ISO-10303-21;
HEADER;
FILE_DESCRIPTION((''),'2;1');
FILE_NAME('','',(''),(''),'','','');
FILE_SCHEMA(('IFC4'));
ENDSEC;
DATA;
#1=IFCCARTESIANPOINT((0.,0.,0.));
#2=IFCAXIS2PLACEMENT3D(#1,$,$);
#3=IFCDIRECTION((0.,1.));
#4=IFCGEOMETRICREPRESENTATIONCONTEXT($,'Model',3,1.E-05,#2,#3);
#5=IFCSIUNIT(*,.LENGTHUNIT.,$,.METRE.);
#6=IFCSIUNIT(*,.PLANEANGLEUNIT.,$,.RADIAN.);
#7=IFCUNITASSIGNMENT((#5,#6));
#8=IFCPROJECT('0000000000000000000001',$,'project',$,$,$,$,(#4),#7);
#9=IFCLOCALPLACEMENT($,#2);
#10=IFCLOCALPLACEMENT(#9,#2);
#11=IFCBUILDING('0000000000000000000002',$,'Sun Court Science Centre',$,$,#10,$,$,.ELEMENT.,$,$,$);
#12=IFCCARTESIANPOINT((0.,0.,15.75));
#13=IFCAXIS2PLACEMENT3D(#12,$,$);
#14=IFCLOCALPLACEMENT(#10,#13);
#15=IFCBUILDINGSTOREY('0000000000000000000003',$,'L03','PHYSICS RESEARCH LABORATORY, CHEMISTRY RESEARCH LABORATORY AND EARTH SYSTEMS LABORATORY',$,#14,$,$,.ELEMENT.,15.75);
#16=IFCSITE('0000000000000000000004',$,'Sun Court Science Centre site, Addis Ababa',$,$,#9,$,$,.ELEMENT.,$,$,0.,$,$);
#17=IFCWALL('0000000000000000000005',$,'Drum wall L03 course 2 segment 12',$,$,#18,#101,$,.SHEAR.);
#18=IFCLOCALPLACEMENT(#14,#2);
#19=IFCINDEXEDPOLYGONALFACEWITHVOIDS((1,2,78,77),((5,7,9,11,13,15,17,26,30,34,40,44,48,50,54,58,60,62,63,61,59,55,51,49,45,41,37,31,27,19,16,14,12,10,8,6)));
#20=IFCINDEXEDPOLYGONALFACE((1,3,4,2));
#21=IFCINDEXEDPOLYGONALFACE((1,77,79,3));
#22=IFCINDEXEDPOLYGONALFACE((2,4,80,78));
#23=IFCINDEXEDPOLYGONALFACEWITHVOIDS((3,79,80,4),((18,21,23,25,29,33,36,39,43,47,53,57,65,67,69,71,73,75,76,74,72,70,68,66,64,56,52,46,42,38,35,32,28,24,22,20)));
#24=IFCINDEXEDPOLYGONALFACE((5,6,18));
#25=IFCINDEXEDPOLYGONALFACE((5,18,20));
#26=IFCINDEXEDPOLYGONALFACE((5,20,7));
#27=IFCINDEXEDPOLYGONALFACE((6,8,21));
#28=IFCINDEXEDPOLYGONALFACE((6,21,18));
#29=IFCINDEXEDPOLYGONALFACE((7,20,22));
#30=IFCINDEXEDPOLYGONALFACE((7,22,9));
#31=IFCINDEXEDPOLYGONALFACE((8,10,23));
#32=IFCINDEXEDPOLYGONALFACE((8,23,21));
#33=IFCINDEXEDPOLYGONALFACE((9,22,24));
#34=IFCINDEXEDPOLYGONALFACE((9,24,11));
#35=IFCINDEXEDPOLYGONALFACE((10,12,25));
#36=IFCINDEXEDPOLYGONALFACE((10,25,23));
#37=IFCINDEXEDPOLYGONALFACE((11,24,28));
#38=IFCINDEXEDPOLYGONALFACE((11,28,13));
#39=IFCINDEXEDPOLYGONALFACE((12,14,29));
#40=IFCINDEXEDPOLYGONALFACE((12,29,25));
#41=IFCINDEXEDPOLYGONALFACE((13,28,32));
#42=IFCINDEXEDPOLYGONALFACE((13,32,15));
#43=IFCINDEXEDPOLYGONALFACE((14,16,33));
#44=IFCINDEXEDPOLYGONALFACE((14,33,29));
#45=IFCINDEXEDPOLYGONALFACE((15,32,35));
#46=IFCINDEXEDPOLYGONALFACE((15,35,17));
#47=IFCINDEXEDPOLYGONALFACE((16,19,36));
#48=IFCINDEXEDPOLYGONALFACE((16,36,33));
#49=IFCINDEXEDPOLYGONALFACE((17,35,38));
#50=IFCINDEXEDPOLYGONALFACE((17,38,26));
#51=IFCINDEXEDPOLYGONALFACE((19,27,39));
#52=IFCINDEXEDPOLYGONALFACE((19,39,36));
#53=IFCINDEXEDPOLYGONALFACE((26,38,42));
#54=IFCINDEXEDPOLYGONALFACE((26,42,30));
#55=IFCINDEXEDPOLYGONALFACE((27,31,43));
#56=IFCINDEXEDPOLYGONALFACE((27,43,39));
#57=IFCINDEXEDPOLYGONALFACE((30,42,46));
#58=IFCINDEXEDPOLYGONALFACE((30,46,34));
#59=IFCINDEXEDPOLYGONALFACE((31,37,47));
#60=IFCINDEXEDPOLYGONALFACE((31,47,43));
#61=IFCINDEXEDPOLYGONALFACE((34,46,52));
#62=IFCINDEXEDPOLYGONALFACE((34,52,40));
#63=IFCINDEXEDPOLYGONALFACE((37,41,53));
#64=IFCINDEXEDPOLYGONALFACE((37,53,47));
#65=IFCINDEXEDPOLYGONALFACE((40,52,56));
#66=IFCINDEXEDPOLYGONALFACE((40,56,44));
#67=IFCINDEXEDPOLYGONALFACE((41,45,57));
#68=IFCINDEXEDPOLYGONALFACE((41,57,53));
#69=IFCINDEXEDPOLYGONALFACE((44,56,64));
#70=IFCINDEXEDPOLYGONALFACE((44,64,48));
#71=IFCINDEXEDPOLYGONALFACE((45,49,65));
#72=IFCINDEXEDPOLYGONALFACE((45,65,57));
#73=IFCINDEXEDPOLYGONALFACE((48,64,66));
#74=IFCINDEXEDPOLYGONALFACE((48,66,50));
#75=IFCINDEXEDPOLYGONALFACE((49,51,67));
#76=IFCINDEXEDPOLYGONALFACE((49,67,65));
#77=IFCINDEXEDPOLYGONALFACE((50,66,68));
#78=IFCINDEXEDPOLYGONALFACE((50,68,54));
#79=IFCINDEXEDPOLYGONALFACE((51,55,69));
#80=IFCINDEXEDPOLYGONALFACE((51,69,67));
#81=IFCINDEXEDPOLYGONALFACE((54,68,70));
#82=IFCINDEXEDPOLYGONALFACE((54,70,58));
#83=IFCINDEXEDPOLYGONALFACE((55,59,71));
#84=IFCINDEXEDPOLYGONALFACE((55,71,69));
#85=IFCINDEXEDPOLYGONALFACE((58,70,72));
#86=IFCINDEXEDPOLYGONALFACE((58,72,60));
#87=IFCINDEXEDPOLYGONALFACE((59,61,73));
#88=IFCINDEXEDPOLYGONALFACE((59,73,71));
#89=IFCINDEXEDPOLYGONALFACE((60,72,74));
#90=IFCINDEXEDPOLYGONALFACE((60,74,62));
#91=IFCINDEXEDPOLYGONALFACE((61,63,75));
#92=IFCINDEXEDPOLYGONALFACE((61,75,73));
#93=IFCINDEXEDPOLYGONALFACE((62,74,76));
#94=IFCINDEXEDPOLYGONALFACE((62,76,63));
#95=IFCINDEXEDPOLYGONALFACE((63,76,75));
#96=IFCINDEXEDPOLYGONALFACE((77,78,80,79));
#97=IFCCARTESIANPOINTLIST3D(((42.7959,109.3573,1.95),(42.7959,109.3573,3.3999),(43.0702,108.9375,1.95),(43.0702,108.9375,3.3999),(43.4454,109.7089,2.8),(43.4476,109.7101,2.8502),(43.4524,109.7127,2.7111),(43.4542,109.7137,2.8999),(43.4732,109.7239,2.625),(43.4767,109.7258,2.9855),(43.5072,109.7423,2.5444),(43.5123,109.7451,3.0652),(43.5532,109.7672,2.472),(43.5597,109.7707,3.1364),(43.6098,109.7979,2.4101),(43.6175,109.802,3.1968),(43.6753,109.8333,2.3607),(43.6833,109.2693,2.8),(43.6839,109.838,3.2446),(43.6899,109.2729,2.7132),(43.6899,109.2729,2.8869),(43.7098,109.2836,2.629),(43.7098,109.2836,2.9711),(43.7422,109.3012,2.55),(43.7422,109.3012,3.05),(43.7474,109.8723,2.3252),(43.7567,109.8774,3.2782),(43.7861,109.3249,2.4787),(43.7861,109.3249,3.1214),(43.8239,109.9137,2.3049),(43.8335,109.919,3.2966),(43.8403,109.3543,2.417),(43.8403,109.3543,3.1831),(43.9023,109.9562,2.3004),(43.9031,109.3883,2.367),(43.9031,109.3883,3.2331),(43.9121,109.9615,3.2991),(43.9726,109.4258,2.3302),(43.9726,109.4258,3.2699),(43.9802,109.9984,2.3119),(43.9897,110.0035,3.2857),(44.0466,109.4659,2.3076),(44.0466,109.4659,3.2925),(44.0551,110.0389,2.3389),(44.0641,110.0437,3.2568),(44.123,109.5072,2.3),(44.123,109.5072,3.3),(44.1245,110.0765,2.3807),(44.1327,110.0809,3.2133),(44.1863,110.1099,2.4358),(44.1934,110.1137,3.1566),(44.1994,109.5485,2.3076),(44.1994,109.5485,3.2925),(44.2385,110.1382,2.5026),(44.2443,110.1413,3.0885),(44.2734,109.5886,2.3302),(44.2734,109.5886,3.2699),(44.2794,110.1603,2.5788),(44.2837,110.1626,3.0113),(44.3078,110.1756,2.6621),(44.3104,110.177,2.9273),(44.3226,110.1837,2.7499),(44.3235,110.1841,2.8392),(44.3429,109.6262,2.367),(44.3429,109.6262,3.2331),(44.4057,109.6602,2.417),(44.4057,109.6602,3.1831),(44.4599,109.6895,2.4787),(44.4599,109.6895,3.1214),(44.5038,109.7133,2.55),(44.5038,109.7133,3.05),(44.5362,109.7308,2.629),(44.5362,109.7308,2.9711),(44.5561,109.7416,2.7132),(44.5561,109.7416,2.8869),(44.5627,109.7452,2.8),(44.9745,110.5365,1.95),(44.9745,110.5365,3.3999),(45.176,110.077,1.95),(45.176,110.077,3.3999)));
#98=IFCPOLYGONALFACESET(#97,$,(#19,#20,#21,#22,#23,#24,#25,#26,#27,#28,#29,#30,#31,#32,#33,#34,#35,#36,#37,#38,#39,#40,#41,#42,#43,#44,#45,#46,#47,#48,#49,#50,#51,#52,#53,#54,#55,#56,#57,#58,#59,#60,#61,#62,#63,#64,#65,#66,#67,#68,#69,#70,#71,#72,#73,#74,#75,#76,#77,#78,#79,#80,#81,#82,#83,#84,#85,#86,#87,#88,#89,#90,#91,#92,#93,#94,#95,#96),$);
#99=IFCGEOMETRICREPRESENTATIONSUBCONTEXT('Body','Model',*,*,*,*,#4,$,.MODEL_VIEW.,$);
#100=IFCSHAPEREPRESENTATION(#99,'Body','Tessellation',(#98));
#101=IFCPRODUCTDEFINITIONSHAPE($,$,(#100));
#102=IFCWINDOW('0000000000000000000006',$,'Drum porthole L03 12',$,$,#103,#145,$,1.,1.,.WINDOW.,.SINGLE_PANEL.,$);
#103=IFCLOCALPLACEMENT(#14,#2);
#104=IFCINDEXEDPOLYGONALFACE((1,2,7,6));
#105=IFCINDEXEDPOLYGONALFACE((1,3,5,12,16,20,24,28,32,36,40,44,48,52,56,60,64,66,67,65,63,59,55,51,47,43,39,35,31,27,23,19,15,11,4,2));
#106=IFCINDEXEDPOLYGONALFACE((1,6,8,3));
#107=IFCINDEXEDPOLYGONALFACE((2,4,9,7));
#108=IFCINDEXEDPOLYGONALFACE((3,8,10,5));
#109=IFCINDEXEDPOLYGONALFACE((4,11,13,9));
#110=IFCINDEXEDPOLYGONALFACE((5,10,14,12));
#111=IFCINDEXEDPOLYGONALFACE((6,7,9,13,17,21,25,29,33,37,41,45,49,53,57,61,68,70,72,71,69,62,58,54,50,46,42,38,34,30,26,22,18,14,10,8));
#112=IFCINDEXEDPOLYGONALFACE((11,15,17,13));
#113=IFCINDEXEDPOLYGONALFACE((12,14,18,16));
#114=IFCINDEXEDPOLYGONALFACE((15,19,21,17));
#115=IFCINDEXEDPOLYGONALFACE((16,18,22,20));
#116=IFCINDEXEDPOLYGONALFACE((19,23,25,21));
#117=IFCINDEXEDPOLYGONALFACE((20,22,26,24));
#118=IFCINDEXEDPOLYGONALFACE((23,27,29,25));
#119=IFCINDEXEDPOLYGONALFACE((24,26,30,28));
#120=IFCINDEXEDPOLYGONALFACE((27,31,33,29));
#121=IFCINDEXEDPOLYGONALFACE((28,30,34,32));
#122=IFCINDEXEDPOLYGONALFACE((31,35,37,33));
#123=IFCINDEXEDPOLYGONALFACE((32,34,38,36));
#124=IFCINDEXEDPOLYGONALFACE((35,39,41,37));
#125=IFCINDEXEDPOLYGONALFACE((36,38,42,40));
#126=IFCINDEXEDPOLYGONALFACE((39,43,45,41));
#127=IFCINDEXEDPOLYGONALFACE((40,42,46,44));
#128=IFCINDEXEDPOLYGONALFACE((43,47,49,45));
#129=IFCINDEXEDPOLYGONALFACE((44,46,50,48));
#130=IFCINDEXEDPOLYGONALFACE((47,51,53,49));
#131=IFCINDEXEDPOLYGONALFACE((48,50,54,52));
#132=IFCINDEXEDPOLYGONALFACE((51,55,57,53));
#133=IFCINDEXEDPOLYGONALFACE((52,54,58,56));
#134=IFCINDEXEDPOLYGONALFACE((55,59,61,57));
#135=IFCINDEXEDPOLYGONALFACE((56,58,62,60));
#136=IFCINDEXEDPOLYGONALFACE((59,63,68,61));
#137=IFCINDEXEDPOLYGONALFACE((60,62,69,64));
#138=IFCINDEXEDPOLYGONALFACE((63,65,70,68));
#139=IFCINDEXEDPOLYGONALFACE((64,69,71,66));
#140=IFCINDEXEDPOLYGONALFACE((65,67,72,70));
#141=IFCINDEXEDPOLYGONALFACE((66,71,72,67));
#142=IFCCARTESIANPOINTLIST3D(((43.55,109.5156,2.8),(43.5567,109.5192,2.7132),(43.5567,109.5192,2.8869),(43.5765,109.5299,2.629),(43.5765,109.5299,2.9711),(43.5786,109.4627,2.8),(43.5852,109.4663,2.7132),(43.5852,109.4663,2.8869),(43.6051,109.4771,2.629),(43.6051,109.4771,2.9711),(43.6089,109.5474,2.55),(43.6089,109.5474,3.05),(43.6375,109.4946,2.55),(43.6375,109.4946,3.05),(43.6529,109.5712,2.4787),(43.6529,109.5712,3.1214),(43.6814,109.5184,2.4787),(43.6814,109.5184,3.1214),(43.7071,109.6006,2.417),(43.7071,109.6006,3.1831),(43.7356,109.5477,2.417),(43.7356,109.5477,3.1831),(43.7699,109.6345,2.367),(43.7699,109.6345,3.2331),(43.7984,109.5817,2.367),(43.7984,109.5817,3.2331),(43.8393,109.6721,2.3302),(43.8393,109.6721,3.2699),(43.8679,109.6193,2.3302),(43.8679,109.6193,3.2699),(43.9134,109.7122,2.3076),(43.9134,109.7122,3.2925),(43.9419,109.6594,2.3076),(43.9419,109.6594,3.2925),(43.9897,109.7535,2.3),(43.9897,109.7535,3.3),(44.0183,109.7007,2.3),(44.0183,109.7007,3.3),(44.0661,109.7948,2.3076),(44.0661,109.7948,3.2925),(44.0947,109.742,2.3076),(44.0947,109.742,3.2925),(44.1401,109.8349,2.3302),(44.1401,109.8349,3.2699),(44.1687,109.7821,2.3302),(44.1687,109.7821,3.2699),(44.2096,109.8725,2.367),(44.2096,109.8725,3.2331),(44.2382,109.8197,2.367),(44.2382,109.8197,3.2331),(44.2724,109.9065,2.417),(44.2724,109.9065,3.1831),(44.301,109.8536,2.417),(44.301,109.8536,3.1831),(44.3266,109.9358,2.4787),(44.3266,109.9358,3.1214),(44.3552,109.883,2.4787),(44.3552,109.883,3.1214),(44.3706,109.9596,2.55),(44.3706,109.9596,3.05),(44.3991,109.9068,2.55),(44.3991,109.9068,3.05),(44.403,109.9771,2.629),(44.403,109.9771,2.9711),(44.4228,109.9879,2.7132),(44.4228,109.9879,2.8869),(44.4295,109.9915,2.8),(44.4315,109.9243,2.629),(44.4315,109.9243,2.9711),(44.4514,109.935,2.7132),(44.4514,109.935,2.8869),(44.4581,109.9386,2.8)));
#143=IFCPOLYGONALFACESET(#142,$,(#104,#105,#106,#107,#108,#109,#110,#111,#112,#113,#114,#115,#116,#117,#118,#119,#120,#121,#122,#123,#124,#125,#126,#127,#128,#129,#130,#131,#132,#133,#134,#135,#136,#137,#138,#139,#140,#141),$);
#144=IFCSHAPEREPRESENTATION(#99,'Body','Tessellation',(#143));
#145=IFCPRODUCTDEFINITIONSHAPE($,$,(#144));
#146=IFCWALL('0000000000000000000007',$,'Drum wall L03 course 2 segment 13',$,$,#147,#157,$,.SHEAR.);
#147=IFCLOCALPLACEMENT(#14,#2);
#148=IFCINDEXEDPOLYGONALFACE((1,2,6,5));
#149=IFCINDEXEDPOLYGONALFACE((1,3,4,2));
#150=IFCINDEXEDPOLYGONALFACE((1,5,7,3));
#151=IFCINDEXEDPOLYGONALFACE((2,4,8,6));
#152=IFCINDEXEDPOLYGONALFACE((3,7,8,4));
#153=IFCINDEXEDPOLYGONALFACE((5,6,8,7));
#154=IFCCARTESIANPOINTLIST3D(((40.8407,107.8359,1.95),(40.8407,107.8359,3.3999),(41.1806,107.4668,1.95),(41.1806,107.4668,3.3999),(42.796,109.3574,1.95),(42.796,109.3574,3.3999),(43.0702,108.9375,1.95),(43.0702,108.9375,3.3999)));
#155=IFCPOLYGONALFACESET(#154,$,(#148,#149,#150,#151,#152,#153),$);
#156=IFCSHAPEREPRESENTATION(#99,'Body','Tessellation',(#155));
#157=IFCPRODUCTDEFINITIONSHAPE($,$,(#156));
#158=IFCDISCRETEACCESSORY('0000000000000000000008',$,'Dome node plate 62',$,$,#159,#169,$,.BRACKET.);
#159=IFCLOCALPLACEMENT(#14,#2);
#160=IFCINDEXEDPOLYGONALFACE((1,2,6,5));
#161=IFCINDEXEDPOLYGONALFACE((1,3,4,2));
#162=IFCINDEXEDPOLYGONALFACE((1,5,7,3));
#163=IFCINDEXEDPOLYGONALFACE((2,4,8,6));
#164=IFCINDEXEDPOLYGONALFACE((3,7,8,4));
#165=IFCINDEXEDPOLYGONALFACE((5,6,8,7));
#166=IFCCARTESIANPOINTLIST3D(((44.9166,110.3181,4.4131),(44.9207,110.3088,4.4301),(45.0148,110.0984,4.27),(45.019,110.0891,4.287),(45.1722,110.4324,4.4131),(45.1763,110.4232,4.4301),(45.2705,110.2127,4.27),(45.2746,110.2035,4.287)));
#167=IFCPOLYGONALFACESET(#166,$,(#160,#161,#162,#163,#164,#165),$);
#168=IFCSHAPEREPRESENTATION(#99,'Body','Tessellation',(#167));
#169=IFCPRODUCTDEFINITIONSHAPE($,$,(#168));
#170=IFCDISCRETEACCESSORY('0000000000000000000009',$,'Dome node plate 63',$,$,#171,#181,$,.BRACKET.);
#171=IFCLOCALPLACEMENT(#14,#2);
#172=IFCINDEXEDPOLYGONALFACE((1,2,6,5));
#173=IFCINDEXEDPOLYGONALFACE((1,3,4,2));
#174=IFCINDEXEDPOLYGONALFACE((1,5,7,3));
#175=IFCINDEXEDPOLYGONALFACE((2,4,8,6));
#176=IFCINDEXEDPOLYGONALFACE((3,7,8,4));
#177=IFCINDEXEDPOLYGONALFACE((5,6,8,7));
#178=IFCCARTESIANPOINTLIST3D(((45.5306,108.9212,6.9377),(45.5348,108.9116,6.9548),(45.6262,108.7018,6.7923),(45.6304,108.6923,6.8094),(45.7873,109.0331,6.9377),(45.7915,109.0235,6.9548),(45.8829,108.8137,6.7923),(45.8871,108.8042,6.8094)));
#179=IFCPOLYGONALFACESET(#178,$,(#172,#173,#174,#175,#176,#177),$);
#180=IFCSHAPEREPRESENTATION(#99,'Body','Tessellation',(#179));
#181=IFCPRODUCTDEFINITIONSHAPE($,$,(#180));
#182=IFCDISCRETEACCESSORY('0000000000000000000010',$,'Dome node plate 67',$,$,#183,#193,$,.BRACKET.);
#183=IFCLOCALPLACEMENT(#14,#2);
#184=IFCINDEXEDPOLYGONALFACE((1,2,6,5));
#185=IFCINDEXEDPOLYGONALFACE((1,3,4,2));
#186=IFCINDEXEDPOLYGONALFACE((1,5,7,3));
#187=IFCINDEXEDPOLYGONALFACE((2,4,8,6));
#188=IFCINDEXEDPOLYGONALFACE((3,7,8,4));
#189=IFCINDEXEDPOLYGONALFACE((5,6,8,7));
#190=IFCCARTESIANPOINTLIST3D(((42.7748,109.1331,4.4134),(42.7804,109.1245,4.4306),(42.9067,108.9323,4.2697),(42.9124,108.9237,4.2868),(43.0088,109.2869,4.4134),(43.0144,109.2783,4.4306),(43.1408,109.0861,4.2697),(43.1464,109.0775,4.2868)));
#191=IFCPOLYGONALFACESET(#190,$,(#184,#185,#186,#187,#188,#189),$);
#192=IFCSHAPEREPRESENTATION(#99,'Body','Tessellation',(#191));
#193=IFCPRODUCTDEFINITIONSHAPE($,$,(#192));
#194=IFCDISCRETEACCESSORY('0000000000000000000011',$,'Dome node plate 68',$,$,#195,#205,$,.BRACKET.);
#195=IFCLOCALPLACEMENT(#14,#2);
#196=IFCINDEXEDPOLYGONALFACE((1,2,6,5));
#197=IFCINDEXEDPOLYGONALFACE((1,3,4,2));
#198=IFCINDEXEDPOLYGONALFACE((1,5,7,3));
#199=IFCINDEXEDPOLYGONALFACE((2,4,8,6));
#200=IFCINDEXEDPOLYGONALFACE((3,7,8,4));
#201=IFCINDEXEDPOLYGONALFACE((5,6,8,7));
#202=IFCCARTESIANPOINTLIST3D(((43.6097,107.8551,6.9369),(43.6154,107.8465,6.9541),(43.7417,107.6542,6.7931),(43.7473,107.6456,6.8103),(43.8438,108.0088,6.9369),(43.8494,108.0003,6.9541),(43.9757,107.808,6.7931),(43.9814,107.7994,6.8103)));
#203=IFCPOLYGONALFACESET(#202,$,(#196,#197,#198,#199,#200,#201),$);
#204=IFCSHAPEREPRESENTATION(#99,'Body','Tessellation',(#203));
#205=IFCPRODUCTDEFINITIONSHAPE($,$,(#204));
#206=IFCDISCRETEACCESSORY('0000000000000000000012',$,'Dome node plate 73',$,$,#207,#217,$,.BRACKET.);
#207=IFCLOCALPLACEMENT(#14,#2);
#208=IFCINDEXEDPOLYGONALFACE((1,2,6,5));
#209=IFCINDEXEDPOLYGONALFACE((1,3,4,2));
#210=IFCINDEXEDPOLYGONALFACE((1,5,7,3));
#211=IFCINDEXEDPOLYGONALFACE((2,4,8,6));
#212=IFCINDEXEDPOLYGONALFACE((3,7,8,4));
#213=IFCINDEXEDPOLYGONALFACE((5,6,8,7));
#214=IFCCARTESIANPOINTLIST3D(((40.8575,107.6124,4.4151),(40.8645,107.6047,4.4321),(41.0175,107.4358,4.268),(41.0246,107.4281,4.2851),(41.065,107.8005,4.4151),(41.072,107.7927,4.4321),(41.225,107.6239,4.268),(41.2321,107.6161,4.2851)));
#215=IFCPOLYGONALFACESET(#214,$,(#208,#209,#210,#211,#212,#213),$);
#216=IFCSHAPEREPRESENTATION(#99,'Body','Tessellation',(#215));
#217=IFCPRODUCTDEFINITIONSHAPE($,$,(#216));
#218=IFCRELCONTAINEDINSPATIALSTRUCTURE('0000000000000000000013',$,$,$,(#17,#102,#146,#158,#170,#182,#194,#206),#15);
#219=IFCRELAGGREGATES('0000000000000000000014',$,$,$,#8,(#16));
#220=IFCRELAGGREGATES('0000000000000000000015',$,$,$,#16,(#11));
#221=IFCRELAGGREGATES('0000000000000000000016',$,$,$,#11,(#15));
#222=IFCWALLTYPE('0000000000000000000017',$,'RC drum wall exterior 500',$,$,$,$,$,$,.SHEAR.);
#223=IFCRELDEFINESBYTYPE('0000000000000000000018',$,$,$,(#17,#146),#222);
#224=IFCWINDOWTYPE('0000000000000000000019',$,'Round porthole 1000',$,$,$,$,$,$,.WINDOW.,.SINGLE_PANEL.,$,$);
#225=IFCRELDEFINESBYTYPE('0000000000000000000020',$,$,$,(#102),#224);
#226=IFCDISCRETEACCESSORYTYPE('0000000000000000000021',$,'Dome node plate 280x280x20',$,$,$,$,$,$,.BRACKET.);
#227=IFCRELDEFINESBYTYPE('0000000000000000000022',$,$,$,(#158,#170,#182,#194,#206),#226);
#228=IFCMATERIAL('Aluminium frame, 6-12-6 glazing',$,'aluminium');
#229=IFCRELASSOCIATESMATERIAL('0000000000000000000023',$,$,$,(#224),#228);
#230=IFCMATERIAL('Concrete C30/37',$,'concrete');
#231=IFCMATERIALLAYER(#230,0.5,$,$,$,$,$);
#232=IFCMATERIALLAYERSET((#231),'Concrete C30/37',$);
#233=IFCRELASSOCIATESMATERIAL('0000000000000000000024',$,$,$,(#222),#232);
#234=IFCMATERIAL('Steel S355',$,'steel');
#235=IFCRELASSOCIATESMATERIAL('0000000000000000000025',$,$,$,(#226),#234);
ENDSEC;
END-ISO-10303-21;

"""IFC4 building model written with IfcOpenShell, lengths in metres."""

from ifc_helpers import new_model, si_unit, direction, frame, frame_2d, origin, origin_2d, place, context, subcontext, project, spatial, polyline, rectangle, circle, outline, extrude, material, layer, layer_set, material_profile, profile_set, type_object, element, fill, save


model = new_model("IFC4")

# Units and contexts
model_context = context("Model", 3, precision=1e-05, world=origin(), true_north=direction((0.0, 1.0)))
body_context = subcontext(model_context, "Body", "Model", "MODEL_VIEW")
ifc_project = project(units=[si_unit("LENGTHUNIT", "METRE"), si_unit("PLANEANGLEUNIT", "RADIAN")], contexts=[model_context])

# Site, building, storey
site_placement = place(None, origin())
site = spatial("IfcSite", under=ifc_project, at=site_placement, Name="Sun Court Science Centre site, Addis Ababa", CompositionType="ELEMENT", RefElevation=0.0)
building_placement = place(site_placement, origin())
building = spatial("IfcBuilding", under=site, at=building_placement, Name="Sun Court Science Centre", CompositionType="ELEMENT")
storey_placement = place(building_placement, frame((0.0, 0.0, 15.75)))
storey = spatial("IfcBuildingStorey", under=building, at=storey_placement, Name="L03", Description="PHYSICS RESEARCH LABORATORY, CHEMISTRY RESEARCH LABORATORY AND EARTH SYSTEMS LABORATORY", CompositionType="ELEMENT", Elevation=15.75)

# Wall, opening, window
ifc_material_1 = material(Name="Aluminium frame, 6-12-6 glazing", Category="aluminium")
window_type = type_object("IfcWindowType", Name="Round porthole 1000", PartitioningType="SINGLE_PANEL", PredefinedType="WINDOW", material=ifc_material_1)
ifc_material_2 = material(Name="Concrete C30/37", Category="concrete")
ifc_layer_1 = layer(ifc_material_2, 0.5)
ifc_layer_set_1 = layer_set([ifc_layer_1], Name="Concrete C30/37")
wall_type_1 = type_object("IfcWallType", Name="RC drum wall exterior 500", PredefinedType="SHEAR", material=ifc_layer_set_1)
wall_1_placement = place(storey_placement, frame((45.0935, 110.3167, 1.95), z_axis=(0.0, 0.0, 1.0), x_axis=(-0.879491, -0.475915, 0.0)))
wall_1 = element("IfcWall", 1, at=wall_1_placement, inside=storey, type_object=wall_type_1, Name="Drum wall L03 course 2 segment 12", PredefinedType="SHEAR", context=body_context, shape_type="SweptSolid", body=[
    extrude(outline(polyline([(0.0, -0.25), (2.4773, -0.2498), (2.4358, 0.25), (0.0415, 0.25), (0.0, -0.25)])), origin(), (0.0, 0.0, 1.0), 1.45),
])
opening_1_placement = place(wall_1_placement, frame((0.7388, 0.0, 0.3501)))
opening_1 = element("IfcOpeningElement", 2, at=opening_1_placement, cuts=wall_1, PredefinedType="OPENING", context=body_context, shape_type="SweptSolid", body=[
    extrude(circle(Radius=0.5, at=frame_2d((0.5, 0.5))), frame((0.0, 0.26, 0.0), z_axis=(0.0, -1.0, 0.0), x_axis=(1.0, 0.0, 0.0)), (0.0, 0.0, 1.0), 0.52),
])
window_1_placement = place(opening_1_placement, origin())
window_1 = element("IfcWindow", 3, at=window_1_placement, inside=storey, type_object=window_type, Name="Drum porthole L03 12", OverallHeight=1.0, OverallWidth=1.0, PartitioningType="SINGLE_PANEL", PredefinedType="WINDOW", context=body_context, shape_type="SweptSolid", body=[
    extrude(circle(Radius=0.5, at=frame_2d((0.5, 0.5))), frame((0.0, 0.03, 0.0), z_axis=(0.0, -1.0, 0.0), x_axis=(1.0, 0.0, 0.0)), (0.0, 0.0, 1.0), 0.0601),
])
fill(opening_1, window_1)

# Wall
wall_2_placement = place(storey_placement, frame((42.9492, 109.1602, 1.95), z_axis=(0.0, 0.0, 1.0), x_axis=(-0.789145, -0.614207, 0.0)))
element("IfcWall", 4, at=wall_2_placement, inside=storey, type_object=wall_type_1, Name="Drum wall L03 course 2 segment 13", PredefinedType="SHEAR", context=body_context, shape_type="SweptSolid", body=[
    extrude(outline(polyline([(-0.0002, -0.2498), (2.4773, -0.25), (2.4358, 0.25), (0.0413, 0.25), (-0.0002, -0.2498)])), origin(), (0.0, 0.0, 1.0), 1.45),
])

# Discrete accessories
ifc_material_3 = material(Name="Steel S355", Category="steel")
ifc_material_profile_1 = material_profile(ifc_material_3, rectangle(XDim=0.28, YDim=0.28, at=origin_2d()), Name="PL 280x280")
ifc_profile_set_1 = profile_set([ifc_material_profile_1], Name="Steel S355")
discrete_accessory_type = type_object("IfcDiscreteAccessoryType", Name="Dome node plate 280x280x20", PredefinedType="BRACKET", material=ifc_profile_set_1)
discrete_accessory_placement = place(storey_placement, frame((45.0935, 110.2654, 4.3416), z_axis=(0.208734, -0.466583, 0.859494), x_axis=(0.912818, 0.408366, 0.0)))
element("IfcDiscreteAccessory", 5, at=discrete_accessory_placement, inside=storey, type_object=discrete_accessory_type, Name="Dome node plate 62", PredefinedType="BRACKET", context=body_context, shape_type="SweptSolid", body=[
    extrude(rectangle(XDim=0.28, YDim=0.28, at=origin_2d()), origin(), (0.0, 0.0, 1.0), 0.0198),
])
for number, where, z_axis, x_axis, name in (
    (6, (45.7068, 108.8674, 6.865), (0.207533, -0.476106, 0.854549), (0.916696, 0.399585, 0.0), "Dome node plate 63"),
    (7, (42.9578, 109.1096, 4.3416), (0.281959, -0.429069, 0.858137), (0.835705, 0.549178, 0.0), "Dome node plate 67"),
    (8, (43.7927, 107.8315, 6.865), (0.281959, -0.429069, 0.858137), (0.835705, 0.549178, 0.0), "Dome node plate 68"),
    (9, (41.0413, 107.6182, 4.3416), (0.352585, -0.38906, 0.851068), (0.740987, 0.671519, 0.0), "Dome node plate 73"),
):
    element("IfcDiscreteAccessory", number, at=place(storey_placement, frame(where, z_axis=z_axis, x_axis=x_axis)), inside=storey, type_object=discrete_accessory_type, Name=name, PredefinedType="BRACKET", context=body_context, shape_type="SweptSolid", body=[
        extrude(rectangle(XDim=0.28, YDim=0.28, at=origin_2d()), origin(), (0.0, 0.0, 1.0), 0.02),
    ])

save(model, "model.ifc")
